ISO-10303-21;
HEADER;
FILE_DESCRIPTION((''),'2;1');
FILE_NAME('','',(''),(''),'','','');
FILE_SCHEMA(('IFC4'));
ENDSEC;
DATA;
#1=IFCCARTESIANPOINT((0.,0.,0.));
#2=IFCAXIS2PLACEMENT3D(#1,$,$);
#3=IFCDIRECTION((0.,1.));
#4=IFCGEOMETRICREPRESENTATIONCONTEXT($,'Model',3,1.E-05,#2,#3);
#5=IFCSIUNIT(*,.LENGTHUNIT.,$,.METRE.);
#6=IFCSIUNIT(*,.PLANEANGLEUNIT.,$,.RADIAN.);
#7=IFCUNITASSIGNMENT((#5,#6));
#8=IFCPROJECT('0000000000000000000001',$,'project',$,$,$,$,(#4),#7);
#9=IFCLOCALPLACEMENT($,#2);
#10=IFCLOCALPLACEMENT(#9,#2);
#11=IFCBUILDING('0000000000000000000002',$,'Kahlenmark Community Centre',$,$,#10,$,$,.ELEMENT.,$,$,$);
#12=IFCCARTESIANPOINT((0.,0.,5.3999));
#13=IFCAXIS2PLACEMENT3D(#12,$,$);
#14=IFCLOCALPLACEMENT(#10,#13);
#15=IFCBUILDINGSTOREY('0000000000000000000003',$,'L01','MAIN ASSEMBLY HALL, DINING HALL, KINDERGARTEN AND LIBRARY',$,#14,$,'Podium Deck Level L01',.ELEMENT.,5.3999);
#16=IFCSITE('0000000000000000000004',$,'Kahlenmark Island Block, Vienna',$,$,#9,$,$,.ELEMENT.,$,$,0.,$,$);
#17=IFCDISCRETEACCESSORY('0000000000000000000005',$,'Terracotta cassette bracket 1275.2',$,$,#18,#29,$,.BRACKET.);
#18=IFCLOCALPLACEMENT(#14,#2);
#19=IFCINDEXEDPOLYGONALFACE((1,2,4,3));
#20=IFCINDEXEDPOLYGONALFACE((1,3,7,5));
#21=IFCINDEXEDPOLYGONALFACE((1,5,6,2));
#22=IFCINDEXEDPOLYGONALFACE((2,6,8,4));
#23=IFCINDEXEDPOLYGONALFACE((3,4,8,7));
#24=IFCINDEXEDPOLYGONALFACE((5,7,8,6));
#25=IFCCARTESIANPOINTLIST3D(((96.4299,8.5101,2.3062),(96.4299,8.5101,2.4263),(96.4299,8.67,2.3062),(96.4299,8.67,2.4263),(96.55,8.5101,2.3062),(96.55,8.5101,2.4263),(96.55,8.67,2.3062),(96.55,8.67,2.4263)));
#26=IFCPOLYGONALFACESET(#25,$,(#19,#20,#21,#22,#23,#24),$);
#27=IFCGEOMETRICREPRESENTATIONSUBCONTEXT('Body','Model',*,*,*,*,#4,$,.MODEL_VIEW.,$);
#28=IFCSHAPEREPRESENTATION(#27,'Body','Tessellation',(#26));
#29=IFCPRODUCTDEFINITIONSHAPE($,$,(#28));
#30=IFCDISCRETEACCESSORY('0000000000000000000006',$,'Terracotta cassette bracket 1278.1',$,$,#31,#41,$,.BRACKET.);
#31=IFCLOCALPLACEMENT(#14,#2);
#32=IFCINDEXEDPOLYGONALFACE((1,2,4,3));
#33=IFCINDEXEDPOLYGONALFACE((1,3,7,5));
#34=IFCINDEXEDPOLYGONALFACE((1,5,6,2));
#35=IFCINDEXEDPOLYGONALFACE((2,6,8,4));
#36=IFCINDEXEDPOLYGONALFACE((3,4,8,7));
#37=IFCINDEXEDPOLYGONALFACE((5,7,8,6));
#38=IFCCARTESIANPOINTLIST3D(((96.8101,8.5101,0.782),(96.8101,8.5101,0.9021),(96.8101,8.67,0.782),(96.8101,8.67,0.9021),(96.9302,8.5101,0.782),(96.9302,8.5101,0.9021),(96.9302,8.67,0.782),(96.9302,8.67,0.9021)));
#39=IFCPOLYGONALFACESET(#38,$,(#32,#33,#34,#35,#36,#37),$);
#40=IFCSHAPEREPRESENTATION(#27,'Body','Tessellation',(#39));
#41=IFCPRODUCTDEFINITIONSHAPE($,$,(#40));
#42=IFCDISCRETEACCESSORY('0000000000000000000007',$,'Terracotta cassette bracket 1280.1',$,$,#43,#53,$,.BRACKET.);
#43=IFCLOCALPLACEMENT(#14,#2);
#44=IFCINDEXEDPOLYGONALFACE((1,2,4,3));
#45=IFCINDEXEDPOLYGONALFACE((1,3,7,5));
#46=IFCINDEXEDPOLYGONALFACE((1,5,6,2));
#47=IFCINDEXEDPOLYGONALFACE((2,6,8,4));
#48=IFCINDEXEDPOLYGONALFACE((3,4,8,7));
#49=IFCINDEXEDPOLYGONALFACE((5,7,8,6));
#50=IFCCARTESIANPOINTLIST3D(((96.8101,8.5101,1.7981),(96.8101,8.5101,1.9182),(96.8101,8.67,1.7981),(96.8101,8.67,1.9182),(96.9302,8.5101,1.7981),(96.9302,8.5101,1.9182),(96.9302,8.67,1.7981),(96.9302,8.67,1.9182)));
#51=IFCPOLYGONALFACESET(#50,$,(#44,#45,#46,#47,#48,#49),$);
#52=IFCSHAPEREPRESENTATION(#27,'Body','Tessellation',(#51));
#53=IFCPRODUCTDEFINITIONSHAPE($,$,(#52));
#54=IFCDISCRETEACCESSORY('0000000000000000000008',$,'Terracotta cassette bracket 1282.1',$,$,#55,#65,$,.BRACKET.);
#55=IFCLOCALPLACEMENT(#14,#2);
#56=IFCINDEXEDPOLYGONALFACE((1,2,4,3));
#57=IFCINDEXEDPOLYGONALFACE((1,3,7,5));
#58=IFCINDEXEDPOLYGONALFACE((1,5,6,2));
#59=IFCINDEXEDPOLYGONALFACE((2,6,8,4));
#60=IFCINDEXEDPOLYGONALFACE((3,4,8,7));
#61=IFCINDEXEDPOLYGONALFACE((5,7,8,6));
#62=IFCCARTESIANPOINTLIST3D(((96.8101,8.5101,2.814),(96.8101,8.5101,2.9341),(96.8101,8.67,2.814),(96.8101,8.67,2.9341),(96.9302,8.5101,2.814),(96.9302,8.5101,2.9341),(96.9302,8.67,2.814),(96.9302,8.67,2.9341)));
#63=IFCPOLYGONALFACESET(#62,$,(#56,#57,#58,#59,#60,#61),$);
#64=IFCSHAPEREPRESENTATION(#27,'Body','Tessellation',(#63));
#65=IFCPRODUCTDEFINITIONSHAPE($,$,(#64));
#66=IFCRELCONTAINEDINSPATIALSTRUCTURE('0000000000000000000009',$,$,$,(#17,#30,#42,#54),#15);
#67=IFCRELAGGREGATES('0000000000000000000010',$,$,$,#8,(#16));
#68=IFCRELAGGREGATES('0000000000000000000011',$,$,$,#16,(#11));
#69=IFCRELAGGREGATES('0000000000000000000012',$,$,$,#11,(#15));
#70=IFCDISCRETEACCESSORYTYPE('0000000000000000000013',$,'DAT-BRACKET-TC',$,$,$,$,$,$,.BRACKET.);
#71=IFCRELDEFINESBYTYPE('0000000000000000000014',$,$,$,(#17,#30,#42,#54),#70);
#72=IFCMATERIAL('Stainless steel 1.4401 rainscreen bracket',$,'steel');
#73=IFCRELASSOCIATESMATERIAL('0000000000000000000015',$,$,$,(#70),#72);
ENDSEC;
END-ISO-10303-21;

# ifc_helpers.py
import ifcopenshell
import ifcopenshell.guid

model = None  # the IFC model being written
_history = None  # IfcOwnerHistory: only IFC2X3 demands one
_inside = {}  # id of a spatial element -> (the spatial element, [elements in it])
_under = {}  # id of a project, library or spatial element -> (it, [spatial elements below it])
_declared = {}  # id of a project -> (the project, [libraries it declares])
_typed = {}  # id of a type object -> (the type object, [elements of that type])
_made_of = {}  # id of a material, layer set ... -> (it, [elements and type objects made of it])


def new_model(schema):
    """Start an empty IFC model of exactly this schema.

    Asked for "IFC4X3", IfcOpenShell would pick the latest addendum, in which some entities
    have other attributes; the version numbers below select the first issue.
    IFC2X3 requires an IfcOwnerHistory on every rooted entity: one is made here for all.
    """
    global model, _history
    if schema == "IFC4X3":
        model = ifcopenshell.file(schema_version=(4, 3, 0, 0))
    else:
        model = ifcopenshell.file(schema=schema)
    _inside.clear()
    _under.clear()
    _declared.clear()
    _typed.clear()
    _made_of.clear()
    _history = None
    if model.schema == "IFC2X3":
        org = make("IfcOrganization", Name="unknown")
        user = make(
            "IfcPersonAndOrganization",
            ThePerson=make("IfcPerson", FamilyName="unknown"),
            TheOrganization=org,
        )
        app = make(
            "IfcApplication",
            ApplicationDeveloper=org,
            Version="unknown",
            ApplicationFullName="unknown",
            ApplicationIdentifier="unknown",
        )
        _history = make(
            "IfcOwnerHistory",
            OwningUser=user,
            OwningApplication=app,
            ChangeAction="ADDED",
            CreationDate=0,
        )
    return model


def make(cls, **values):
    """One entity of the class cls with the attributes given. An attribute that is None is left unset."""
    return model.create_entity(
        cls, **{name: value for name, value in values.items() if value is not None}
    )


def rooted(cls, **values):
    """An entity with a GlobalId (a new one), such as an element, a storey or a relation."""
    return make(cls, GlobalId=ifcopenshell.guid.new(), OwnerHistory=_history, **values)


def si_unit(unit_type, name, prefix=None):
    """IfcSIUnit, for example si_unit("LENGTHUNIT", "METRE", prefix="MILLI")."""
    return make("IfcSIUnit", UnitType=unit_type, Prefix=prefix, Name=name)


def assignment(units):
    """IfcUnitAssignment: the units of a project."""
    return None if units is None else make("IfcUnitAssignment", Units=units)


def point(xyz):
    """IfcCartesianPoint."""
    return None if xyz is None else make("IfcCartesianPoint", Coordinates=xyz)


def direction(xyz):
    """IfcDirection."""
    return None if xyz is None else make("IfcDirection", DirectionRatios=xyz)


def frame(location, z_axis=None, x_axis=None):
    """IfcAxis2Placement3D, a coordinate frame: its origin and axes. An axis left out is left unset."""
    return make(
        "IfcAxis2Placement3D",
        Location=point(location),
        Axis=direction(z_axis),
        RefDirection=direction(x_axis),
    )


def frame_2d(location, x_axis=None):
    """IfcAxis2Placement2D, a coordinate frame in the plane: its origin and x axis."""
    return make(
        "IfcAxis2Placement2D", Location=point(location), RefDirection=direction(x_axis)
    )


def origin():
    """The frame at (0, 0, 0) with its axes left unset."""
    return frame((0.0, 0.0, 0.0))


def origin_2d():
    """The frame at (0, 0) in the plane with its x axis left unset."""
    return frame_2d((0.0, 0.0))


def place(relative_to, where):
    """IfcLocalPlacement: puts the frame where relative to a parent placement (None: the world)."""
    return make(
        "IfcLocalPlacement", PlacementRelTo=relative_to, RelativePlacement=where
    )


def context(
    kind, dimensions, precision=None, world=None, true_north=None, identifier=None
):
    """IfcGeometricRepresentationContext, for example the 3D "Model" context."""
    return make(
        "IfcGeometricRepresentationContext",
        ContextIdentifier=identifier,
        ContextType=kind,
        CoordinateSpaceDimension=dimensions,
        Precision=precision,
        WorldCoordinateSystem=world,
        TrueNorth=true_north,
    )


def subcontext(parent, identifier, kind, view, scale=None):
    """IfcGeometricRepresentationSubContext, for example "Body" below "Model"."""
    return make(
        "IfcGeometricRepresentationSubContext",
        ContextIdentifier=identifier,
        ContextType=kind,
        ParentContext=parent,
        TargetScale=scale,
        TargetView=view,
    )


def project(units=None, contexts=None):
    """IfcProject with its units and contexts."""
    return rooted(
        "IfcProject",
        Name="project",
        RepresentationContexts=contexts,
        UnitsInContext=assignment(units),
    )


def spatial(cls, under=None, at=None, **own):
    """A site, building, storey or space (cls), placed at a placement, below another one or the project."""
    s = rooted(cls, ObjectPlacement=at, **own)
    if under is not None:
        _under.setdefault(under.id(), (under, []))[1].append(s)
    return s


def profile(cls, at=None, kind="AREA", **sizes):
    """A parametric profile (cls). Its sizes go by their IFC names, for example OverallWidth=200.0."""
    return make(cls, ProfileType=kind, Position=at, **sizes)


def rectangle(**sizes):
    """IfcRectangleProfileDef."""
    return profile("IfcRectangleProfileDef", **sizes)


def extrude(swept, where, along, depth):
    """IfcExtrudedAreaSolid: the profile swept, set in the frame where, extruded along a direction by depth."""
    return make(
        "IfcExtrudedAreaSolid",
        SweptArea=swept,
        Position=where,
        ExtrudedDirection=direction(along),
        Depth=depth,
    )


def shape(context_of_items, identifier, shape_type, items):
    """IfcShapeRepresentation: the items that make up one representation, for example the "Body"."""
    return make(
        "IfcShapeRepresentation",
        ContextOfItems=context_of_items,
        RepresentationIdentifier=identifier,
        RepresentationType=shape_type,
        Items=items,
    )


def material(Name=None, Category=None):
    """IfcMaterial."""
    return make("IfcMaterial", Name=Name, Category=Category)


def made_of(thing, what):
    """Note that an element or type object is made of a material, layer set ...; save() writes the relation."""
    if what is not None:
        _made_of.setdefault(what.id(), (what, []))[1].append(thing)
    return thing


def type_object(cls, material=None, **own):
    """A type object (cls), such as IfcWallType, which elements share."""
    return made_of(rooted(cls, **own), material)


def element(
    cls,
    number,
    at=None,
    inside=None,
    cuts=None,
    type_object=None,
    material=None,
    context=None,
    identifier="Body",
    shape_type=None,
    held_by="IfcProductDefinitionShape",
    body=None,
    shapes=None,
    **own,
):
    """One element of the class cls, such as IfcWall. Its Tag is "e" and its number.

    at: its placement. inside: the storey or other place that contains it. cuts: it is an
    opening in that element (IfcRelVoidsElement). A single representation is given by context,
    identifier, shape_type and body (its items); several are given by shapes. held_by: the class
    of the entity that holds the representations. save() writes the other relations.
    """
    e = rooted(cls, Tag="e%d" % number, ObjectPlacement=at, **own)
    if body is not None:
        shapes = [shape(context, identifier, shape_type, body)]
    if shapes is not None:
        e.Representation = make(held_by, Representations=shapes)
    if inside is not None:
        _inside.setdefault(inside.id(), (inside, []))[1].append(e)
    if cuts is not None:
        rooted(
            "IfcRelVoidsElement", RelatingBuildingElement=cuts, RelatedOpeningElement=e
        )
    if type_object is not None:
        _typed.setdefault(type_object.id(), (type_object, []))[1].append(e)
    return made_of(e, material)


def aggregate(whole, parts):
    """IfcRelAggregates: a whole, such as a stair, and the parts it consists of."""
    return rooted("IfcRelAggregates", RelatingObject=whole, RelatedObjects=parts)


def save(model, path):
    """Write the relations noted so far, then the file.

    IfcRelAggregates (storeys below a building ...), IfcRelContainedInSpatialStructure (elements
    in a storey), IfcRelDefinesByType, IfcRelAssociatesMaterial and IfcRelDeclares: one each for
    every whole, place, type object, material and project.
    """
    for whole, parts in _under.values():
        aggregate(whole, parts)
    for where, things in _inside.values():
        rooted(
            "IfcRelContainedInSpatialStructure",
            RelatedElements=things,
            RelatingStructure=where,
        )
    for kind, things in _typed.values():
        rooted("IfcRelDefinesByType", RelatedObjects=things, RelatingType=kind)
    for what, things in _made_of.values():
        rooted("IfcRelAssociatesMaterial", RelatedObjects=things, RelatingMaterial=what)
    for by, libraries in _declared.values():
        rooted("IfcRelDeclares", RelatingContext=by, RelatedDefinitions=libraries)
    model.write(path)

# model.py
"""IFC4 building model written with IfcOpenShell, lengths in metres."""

from ifc_helpers import new_model, si_unit, direction, frame, origin, origin_2d, place, context, subcontext, project, spatial, rectangle, extrude, material, type_object, element, save


model = new_model("IFC4")

# Units and contexts
model_context = context("Model", 3, precision=1e-05, world=origin(), true_north=direction((0.0, 1.0)))
body_context = subcontext(model_context, "Body", "Model", "MODEL_VIEW")
ifc_project = project(units=[si_unit("LENGTHUNIT", "METRE"), si_unit("PLANEANGLEUNIT", "RADIAN")], contexts=[model_context])

# Site, building, storey
site_placement = place(None, origin())
site = spatial("IfcSite", under=ifc_project, at=site_placement, Name="Kahlenmark Island Block, Vienna", CompositionType="ELEMENT", RefElevation=0.0)
building_placement = place(site_placement, origin())
building = spatial("IfcBuilding", under=site, at=building_placement, Name="Kahlenmark Community Centre", CompositionType="ELEMENT")
storey_placement = place(building_placement, frame((0.0, 0.0, 5.3999)))
storey = spatial("IfcBuildingStorey", under=building, at=storey_placement, Name="L01", Description="MAIN ASSEMBLY HALL, DINING HALL, KINDERGARTEN AND LIBRARY", LongName="Podium Deck Level L01", CompositionType="ELEMENT", Elevation=5.3999)

# Discrete accessories
ifc_material_1 = material(Name="Stainless steel 1.4401 rainscreen bracket", Category="steel")
discrete_accessory_type = type_object("IfcDiscreteAccessoryType", Name="DAT-BRACKET-TC", PredefinedType="BRACKET", material=ifc_material_1)
for number, where, z_axis, x_axis, name in (
    (1, (96.49, 8.5901, 2.3062), (0.0, 0.0, 1.0), (1.0, 0.0, 0.0), "Terracotta cassette bracket 1275.2"),
    (2, (96.8701, 8.5901, 0.782), (0.0, 0.0, 1.0), (1.0, 0.0, 0.0), "Terracotta cassette bracket 1278.1"),
    (3, (96.8701, 8.5901, 1.7981), (0.0, 0.0, 1.0), (1.0, 0.0, 0.0), "Terracotta cassette bracket 1280.1"),
    (4, (96.8701, 8.5901, 2.814), (0.0, 0.0, 1.0), (1.0, 0.0, 0.0), "Terracotta cassette bracket 1282.1"),
):
    element("IfcDiscreteAccessory", number, at=place(storey_placement, frame(where, z_axis=z_axis, x_axis=x_axis)), inside=storey, type_object=discrete_accessory_type, Name=name, PredefinedType="BRACKET", context=body_context, shape_type="SweptSolid", body=[
        extrude(rectangle(XDim=0.1201, YDim=0.1599, at=origin_2d()), origin(), (0.0, 0.0, 1.0), 0.1201),
    ])

save(model, "model.ifc")
